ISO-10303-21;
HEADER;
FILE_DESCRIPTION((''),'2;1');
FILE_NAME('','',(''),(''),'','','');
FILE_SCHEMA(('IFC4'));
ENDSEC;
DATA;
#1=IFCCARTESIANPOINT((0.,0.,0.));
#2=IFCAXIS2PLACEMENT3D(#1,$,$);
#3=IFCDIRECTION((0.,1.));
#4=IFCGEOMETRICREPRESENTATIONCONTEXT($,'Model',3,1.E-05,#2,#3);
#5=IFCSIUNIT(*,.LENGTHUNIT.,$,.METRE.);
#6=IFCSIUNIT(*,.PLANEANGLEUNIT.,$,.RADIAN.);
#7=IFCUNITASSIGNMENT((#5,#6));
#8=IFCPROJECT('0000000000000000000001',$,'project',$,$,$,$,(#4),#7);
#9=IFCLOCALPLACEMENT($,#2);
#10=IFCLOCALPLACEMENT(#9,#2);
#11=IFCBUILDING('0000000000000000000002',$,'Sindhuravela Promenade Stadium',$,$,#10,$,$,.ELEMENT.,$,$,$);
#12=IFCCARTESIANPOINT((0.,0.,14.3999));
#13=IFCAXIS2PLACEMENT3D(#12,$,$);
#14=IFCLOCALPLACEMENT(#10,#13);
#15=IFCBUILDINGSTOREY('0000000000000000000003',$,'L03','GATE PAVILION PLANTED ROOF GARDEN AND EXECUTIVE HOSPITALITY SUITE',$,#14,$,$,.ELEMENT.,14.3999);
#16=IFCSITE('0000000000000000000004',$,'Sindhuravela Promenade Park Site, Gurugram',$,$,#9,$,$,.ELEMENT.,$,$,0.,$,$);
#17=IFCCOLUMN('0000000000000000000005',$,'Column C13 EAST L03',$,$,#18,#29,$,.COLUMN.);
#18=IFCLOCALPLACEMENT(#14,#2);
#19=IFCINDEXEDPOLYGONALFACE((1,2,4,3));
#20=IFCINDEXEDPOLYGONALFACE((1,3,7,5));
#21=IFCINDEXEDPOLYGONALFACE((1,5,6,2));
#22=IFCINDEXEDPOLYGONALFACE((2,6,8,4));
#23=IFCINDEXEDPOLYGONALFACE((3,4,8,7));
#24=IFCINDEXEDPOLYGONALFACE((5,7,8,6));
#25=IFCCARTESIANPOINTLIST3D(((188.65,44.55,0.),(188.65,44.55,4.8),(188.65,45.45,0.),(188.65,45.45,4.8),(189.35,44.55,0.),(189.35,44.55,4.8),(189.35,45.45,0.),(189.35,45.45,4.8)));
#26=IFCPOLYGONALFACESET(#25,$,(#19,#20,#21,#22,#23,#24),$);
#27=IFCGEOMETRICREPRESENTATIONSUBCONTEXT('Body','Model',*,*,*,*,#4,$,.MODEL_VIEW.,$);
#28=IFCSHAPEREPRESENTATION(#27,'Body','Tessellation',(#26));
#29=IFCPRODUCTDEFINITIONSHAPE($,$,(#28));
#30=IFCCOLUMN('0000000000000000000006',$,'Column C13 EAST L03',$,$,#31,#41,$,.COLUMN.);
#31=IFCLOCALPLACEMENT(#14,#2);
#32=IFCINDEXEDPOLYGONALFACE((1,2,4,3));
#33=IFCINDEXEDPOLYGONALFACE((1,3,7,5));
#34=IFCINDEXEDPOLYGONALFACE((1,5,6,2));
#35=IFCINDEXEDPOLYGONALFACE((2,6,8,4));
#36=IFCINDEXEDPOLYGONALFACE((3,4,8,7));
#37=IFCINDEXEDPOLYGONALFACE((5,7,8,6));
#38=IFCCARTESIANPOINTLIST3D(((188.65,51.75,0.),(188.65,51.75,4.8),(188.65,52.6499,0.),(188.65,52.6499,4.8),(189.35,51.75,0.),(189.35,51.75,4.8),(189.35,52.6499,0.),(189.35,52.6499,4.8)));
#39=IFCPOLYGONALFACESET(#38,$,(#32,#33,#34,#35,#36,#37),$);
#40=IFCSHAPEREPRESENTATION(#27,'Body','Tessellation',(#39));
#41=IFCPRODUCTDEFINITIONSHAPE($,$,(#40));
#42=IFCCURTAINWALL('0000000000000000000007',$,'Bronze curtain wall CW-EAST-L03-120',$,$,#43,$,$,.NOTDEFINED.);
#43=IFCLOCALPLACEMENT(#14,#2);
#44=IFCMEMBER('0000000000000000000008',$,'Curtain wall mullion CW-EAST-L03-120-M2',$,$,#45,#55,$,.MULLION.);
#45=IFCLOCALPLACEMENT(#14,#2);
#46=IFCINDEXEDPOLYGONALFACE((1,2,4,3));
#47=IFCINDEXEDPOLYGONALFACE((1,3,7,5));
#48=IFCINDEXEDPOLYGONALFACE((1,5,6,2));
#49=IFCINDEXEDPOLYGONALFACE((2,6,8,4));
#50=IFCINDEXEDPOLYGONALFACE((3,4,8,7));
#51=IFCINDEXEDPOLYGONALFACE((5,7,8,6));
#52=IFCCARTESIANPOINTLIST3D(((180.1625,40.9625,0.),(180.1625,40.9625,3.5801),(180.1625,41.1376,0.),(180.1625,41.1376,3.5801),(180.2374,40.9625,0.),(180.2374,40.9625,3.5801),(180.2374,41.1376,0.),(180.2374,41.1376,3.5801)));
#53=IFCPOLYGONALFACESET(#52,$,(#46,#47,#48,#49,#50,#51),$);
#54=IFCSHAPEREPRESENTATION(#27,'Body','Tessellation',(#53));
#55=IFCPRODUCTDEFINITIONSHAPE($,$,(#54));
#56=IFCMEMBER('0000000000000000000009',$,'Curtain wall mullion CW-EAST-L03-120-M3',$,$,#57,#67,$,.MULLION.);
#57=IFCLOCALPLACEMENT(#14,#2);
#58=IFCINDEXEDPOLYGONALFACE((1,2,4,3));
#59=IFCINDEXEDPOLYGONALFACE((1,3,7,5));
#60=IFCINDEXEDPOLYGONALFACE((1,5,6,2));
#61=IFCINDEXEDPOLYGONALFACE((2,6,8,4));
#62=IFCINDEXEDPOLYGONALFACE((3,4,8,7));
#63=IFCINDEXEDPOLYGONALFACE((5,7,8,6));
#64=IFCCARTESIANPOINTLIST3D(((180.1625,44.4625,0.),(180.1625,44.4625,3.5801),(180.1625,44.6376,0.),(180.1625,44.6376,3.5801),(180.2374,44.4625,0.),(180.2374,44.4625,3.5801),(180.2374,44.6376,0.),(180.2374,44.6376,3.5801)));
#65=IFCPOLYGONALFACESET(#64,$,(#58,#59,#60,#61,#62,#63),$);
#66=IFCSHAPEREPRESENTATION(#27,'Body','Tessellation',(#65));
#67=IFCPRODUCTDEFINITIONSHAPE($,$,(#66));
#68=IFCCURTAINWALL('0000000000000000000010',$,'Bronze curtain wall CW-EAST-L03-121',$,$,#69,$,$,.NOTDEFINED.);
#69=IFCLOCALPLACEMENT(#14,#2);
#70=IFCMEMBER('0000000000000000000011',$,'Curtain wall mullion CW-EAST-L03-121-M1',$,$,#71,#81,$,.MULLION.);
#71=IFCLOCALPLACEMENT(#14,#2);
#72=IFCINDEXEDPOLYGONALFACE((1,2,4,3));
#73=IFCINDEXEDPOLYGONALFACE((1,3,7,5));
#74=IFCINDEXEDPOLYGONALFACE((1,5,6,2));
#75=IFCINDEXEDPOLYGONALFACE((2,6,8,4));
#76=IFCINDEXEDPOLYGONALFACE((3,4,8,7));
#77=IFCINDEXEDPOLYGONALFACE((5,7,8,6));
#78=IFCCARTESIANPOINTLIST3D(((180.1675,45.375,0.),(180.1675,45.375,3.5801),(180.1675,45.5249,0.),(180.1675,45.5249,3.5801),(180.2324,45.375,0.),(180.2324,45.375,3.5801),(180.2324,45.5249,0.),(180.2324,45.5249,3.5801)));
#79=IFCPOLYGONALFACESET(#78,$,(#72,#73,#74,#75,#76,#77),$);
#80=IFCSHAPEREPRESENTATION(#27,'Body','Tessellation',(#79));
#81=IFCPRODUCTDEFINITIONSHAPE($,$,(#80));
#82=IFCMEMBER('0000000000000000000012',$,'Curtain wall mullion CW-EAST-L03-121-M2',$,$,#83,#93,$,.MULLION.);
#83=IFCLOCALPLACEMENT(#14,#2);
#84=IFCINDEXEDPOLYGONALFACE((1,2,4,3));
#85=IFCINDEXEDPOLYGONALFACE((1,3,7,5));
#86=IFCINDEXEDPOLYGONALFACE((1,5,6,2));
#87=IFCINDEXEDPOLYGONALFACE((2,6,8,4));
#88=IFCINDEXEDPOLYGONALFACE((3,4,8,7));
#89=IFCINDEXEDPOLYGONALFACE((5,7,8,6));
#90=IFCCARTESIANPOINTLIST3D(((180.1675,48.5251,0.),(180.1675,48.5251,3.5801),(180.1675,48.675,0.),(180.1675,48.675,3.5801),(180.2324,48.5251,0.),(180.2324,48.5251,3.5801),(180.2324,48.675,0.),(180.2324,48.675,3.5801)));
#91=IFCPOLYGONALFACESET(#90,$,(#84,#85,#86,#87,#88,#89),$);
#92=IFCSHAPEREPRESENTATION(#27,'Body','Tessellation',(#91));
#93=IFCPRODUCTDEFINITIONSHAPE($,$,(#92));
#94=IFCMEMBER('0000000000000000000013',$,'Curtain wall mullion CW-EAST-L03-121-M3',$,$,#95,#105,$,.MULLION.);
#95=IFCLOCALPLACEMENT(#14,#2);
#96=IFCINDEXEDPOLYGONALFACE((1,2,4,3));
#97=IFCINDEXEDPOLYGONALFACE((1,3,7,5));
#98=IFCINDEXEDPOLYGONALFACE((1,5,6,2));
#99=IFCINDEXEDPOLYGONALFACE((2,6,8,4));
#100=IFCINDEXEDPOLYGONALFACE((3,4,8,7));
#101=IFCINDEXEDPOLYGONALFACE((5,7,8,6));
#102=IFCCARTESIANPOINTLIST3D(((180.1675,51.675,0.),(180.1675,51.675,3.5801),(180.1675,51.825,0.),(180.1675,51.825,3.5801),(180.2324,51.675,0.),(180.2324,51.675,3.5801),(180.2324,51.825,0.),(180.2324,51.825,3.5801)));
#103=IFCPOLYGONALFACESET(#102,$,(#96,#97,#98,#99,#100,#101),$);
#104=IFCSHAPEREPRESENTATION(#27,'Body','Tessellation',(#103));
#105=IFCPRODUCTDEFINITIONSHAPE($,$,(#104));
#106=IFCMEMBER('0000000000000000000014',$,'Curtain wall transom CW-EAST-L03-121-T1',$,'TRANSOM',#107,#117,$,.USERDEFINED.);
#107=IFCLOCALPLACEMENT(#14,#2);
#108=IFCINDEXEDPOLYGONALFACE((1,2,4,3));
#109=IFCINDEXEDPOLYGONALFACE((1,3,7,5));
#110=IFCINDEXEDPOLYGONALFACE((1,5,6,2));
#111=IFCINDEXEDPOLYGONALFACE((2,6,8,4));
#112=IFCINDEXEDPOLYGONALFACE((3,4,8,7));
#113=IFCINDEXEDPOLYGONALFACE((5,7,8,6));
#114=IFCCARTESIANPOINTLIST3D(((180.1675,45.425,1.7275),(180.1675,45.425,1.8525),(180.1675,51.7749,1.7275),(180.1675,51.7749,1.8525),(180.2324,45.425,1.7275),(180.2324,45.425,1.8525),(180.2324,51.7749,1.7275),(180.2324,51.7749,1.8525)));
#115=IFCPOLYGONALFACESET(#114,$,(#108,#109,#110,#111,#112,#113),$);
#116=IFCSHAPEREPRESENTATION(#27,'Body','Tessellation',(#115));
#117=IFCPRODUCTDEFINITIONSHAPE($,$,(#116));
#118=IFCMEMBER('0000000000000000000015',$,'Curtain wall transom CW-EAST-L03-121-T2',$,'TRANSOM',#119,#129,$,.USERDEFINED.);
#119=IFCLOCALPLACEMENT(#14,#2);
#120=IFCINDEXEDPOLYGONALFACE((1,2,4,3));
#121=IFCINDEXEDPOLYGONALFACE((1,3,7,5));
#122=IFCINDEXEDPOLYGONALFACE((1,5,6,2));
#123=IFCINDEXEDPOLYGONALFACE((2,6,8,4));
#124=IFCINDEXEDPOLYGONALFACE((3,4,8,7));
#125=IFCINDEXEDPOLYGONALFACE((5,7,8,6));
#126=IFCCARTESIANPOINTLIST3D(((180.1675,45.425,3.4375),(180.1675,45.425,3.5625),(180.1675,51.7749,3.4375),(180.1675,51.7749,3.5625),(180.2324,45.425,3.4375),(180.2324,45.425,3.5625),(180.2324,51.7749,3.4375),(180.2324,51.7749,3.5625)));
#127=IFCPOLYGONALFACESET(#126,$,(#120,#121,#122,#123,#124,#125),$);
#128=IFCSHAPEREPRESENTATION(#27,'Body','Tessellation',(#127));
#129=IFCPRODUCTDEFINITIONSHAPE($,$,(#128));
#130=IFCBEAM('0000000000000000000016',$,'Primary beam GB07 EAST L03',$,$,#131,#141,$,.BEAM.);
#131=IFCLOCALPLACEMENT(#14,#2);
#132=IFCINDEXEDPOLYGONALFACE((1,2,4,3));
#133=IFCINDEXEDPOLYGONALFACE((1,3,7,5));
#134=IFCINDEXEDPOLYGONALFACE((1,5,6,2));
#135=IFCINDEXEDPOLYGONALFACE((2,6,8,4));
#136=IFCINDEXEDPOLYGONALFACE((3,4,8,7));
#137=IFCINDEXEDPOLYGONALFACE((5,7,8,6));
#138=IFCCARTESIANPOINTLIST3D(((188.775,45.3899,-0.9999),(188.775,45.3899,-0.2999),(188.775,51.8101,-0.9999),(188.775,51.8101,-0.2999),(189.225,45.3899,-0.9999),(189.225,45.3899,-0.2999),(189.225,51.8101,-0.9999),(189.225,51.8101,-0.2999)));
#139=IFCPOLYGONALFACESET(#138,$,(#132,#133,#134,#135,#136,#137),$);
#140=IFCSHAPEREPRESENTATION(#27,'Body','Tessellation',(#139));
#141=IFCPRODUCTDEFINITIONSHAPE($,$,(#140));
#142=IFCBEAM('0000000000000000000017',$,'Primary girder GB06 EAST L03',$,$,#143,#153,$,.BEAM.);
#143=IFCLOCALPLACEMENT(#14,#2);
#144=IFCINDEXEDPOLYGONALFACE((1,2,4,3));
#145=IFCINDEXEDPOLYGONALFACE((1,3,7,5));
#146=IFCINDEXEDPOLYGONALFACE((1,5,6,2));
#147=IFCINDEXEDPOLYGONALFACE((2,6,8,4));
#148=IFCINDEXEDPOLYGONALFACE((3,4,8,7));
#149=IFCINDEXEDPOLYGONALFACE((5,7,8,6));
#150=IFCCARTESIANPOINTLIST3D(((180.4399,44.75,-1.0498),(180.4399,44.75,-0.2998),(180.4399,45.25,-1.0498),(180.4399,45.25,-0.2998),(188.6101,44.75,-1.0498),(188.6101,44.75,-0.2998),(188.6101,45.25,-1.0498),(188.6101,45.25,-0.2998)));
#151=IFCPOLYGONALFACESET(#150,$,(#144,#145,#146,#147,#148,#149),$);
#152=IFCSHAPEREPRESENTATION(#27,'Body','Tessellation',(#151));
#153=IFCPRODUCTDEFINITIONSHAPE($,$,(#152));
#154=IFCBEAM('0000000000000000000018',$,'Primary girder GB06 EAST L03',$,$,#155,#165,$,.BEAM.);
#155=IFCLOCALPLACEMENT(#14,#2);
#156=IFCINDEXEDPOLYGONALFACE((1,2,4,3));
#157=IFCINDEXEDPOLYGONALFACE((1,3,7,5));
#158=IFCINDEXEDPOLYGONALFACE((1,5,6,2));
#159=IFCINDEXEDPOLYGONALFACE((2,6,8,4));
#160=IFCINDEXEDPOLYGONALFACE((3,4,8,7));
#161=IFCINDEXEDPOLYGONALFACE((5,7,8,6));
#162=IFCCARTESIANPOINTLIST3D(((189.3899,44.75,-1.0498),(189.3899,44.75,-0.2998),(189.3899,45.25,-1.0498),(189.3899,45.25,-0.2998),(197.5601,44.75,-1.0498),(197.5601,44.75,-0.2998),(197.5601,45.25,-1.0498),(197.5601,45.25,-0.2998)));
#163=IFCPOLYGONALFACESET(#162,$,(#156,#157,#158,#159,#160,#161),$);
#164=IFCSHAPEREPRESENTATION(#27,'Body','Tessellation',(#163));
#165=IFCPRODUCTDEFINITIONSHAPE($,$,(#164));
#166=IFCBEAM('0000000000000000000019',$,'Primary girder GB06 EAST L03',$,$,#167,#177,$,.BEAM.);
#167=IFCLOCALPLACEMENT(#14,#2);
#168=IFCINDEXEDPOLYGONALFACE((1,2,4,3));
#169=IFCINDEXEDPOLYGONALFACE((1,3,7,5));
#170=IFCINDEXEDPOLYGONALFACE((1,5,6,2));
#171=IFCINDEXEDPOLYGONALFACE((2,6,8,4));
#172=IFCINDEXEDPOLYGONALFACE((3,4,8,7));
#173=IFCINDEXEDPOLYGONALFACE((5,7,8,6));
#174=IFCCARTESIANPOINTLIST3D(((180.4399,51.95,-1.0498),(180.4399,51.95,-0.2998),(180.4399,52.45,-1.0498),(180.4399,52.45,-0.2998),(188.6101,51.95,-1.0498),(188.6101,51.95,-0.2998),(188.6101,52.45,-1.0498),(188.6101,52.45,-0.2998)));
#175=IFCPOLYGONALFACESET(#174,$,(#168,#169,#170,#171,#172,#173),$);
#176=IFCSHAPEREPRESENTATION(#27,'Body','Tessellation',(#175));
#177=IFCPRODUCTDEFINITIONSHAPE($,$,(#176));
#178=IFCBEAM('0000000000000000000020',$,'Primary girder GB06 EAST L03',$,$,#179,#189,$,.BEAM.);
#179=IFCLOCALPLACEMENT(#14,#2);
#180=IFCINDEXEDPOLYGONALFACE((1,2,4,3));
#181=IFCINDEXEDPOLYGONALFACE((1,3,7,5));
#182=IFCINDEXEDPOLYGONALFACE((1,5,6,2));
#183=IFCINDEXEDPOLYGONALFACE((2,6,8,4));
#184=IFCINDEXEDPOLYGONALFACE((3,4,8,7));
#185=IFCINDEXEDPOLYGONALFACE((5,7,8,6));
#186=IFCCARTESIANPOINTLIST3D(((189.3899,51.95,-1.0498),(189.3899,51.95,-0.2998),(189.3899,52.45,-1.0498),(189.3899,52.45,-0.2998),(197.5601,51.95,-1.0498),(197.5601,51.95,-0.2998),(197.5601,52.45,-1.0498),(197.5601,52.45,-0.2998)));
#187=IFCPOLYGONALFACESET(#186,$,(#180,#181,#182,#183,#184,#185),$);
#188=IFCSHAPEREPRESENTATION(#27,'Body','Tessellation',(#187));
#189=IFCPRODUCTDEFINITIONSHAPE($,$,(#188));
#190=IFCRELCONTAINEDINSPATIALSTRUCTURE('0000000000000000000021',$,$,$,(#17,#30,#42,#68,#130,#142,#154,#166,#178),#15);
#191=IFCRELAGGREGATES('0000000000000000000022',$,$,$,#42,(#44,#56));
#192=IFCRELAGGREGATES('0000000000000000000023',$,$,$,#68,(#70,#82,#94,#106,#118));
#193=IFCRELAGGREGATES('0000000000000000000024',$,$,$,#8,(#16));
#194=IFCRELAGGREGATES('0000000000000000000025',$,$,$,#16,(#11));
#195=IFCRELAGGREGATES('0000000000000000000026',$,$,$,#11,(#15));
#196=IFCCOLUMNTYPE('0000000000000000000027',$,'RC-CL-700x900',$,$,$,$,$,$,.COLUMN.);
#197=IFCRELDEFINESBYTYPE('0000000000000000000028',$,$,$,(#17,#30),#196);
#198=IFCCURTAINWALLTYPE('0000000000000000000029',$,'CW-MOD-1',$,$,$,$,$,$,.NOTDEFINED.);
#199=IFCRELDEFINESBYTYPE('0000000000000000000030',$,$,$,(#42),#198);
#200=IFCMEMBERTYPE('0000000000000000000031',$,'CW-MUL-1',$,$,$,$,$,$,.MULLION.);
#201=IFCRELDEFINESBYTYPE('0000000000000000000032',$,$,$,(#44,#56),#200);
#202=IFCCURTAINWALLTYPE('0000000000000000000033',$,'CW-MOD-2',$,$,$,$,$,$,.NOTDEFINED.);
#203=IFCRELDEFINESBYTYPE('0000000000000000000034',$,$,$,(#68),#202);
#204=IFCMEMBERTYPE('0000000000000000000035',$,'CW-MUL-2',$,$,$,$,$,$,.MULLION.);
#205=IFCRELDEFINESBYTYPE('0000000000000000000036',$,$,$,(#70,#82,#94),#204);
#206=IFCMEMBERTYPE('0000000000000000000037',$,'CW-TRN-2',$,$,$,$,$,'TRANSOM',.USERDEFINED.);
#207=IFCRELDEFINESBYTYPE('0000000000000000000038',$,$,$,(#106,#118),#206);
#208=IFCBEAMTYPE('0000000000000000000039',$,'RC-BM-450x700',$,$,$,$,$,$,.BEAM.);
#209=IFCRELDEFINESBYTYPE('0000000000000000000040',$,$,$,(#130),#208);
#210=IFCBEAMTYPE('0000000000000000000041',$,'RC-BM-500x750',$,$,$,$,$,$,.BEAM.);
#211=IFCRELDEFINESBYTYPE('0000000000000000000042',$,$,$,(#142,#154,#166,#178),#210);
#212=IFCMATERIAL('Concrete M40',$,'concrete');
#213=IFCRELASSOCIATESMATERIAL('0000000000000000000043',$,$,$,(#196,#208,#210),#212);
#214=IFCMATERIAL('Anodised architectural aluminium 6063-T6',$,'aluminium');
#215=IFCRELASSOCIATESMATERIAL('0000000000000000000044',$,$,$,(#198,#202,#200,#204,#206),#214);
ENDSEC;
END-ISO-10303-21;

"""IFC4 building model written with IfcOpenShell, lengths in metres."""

from ifc_helpers import new_model, si_unit, direction, frame, origin, origin_2d, place, context, subcontext, project, spatial, rectangle, extrude, material, material_profile, profile_set, type_object, element, aggregate, save


model = new_model("IFC4")

# Units and contexts
model_context = context("Model", 3, precision=1e-05, world=origin(), true_north=direction((0.0, 1.0)))
body_context = subcontext(model_context, "Body", "Model", "MODEL_VIEW")
ifc_project = project(units=[si_unit("LENGTHUNIT", "METRE"), si_unit("PLANEANGLEUNIT", "RADIAN")], contexts=[model_context])

# Site, building, storey
site_placement = place(None, origin())
site = spatial("IfcSite", under=ifc_project, at=site_placement, Name="Sindhuravela Promenade Park Site, Gurugram", CompositionType="ELEMENT", RefElevation=0.0)
building_placement = place(site_placement, origin())
building = spatial("IfcBuilding", under=site, at=building_placement, Name="Sindhuravela Promenade Stadium", CompositionType="ELEMENT")
storey_placement = place(building_placement, frame((0.0, 0.0, 14.3999)))
storey = spatial("IfcBuildingStorey", under=building, at=storey_placement, Name="L03", Description="GATE PAVILION PLANTED ROOF GARDEN AND EXECUTIVE HOSPITALITY SUITE", CompositionType="ELEMENT", Elevation=14.3999)

# Columns
ifc_material_1 = material(Name="Concrete M40", Category="concrete")
ifc_material_profile_1 = material_profile(ifc_material_1, rectangle(XDim=0.7, YDim=0.8999, at=origin_2d()), Name="RC 700x900")
ifc_profile_set_1 = profile_set([ifc_material_profile_1], Name="Concrete M40")
column_type = type_object("IfcColumnType", Name="RC-CL-700x900", PredefinedType="COLUMN", material=ifc_profile_set_1)
for number, where, z_axis, x_axis, name in (
    (1, (189.0, 45.0, 0.0), (0.0, 0.0, 1.0), (1.0, 0.0, 0.0), "Column C13 EAST L03"),
    (2, (189.0, 52.2, 0.0), (0.0, 0.0, 1.0), (1.0, 0.0, 0.0), "Column C13 EAST L03"),
):
    element("IfcColumn", number, at=place(storey_placement, frame(where, z_axis=z_axis, x_axis=x_axis)), inside=storey, type_object=column_type, Name=name, PredefinedType="COLUMN", context=body_context, shape_type="SweptSolid", body=[
        extrude(rectangle(XDim=0.7, YDim=0.8999, at=origin_2d()), origin(), (0.0, 0.0, 1.0), 4.8),
    ])

# Curtain walls, members
ifc_material_2 = material(Name="Anodised architectural aluminium 6063-T6", Category="aluminium")
curtain_wall_type_1 = type_object("IfcCurtainWallType", Name="CW-MOD-1", PredefinedType="NOTDEFINED", material=ifc_material_2)
curtain_wall_1_placement = place(storey_placement, origin())
curtain_wall_1 = element("IfcCurtainWall", 3, at=curtain_wall_1_placement, inside=storey, type_object=curtain_wall_type_1, Name="Bronze curtain wall CW-EAST-L03-120", PredefinedType="NOTDEFINED")
ifc_material_profile_2 = material_profile(ifc_material_2, rectangle(XDim=0.075, YDim=0.175, at=origin_2d()), Name="ALU MULL 75x175")
ifc_profile_set_2 = profile_set([ifc_material_profile_2], Name="Anodised architectural aluminium 6063-T6")
member_type_1 = type_object("IfcMemberType", Name="CW-MUL-1", PredefinedType="MULLION", material=ifc_profile_set_2)
member_1_placement = place(storey_placement, frame((180.2, 41.05, 0.0), z_axis=(0.0, 0.0, 1.0), x_axis=(1.0, 0.0, 0.0)))
member_1 = element("IfcMember", 4, at=member_1_placement, type_object=member_type_1, Name="Curtain wall mullion CW-EAST-L03-120-M2", PredefinedType="MULLION", context=body_context, shape_type="SweptSolid", body=[
    extrude(rectangle(XDim=0.075, YDim=0.175, at=origin_2d()), origin(), (0.0, 0.0, 1.0), 3.5801),
])
member_2_placement = place(storey_placement, frame((180.2, 44.55, 0.0), z_axis=(0.0, 0.0, 1.0), x_axis=(1.0, 0.0, 0.0)))
member_2 = element("IfcMember", 5, at=member_2_placement, type_object=member_type_1, Name="Curtain wall mullion CW-EAST-L03-120-M3", PredefinedType="MULLION", context=body_context, shape_type="SweptSolid", body=[
    extrude(rectangle(XDim=0.075, YDim=0.175, at=origin_2d()), origin(), (0.0, 0.0, 1.0), 3.5801),
])
curtain_wall_type_2 = type_object("IfcCurtainWallType", Name="CW-MOD-2", PredefinedType="NOTDEFINED", material=ifc_material_2)
curtain_wall_2_placement = place(storey_placement, origin())
curtain_wall_2 = element("IfcCurtainWall", 6, at=curtain_wall_2_placement, inside=storey, type_object=curtain_wall_type_2, Name="Bronze curtain wall CW-EAST-L03-121", PredefinedType="NOTDEFINED")
ifc_material_profile_3 = material_profile(ifc_material_2, rectangle(XDim=0.0649, YDim=0.1499, at=origin_2d()), Name="ALU MULL 65x150")
ifc_profile_set_3 = profile_set([ifc_material_profile_3], Name="Anodised architectural aluminium 6063-T6")
member_type_2 = type_object("IfcMemberType", Name="CW-MUL-2", PredefinedType="MULLION", material=ifc_profile_set_3)
member_3_placement = place(storey_placement, frame((180.2, 45.45, 0.0), z_axis=(0.0, 0.0, 1.0), x_axis=(1.0, 0.0, 0.0)))
member_3 = element("IfcMember", 7, at=member_3_placement, type_object=member_type_2, Name="Curtain wall mullion CW-EAST-L03-121-M1", PredefinedType="MULLION", context=body_context, shape_type="SweptSolid", body=[
    extrude(rectangle(XDim=0.0649, YDim=0.1499, at=origin_2d()), origin(), (0.0, 0.0, 1.0), 3.5801),
])
member_4_placement = place(storey_placement, frame((180.2, 48.6001, 0.0), z_axis=(0.0, 0.0, 1.0), x_axis=(1.0, 0.0, 0.0)))
member_4 = element("IfcMember", 8, at=member_4_placement, type_object=member_type_2, Name="Curtain wall mullion CW-EAST-L03-121-M2", PredefinedType="MULLION", context=body_context, shape_type="SweptSolid", body=[
    extrude(rectangle(XDim=0.0649, YDim=0.1499, at=origin_2d()), origin(), (0.0, 0.0, 1.0), 3.5801),
])
member_5_placement = place(storey_placement, frame((180.2, 51.75, 0.0), z_axis=(0.0, 0.0, 1.0), x_axis=(1.0, 0.0, 0.0)))
member_5 = element("IfcMember", 9, at=member_5_placement, type_object=member_type_2, Name="Curtain wall mullion CW-EAST-L03-121-M3", PredefinedType="MULLION", context=body_context, shape_type="SweptSolid", body=[
    extrude(rectangle(XDim=0.0649, YDim=0.1499, at=origin_2d()), origin(), (0.0, 0.0, 1.0), 3.5801),
])
ifc_material_profile_4 = material_profile(ifc_material_2, rectangle(XDim=0.0649, YDim=0.125, at=origin_2d()), Name="ALU TRAN 65x125")
ifc_profile_set_4 = profile_set([ifc_material_profile_4], Name="Anodised architectural aluminium 6063-T6")
member_type_3 = type_object("IfcMemberType", Name="CW-TRN-2", ElementType="TRANSOM", PredefinedType="USERDEFINED", material=ifc_profile_set_4)
member_6_placement = place(storey_placement, frame((180.2, 45.425, 1.79), z_axis=(0.0, 1.0, 0.0), x_axis=(-1.0, 0.0, 0.0)))
member_6 = element("IfcMember", 10, at=member_6_placement, type_object=member_type_3, Name="Curtain wall transom CW-EAST-L03-121-T1", ObjectType="TRANSOM", PredefinedType="USERDEFINED", context=body_context, shape_type="SweptSolid", body=[
    extrude(rectangle(XDim=0.0649, YDim=0.125, at=origin_2d()), origin(), (0.0, 0.0, 1.0), 6.3499),
])
member_7_placement = place(storey_placement, frame((180.2, 45.425, 3.5), z_axis=(0.0, 1.0, 0.0), x_axis=(-1.0, 0.0, 0.0)))
member_7 = element("IfcMember", 11, at=member_7_placement, type_object=member_type_3, Name="Curtain wall transom CW-EAST-L03-121-T2", ObjectType="TRANSOM", PredefinedType="USERDEFINED", context=body_context, shape_type="SweptSolid", body=[
    extrude(rectangle(XDim=0.0649, YDim=0.125, at=origin_2d()), origin(), (0.0, 0.0, 1.0), 6.3499),
])

# Beams
ifc_material_profile_5 = material_profile(ifc_material_1, rectangle(XDim=0.45, YDim=0.7, at=origin_2d()), Name="RC 450x700")
ifc_profile_set_5 = profile_set([ifc_material_profile_5], Name="Concrete M40")
beam_type_1 = type_object("IfcBeamType", Name="RC-BM-450x700", PredefinedType="BEAM", material=ifc_profile_set_5)
beam_1_placement = place(storey_placement, frame((189.0, 45.3899, -0.6499), z_axis=(0.0, 1.0, 0.0), x_axis=(-1.0, 0.0, 0.0)))
element("IfcBeam", 12, at=beam_1_placement, inside=storey, type_object=beam_type_1, Name="Primary beam GB07 EAST L03", PredefinedType="BEAM", context=body_context, shape_type="SweptSolid", body=[
    extrude(rectangle(XDim=0.45, YDim=0.7, at=origin_2d()), origin(), (0.0, 0.0, 1.0), 6.4202),
])
ifc_material_profile_6 = material_profile(ifc_material_1, rectangle(XDim=0.5, YDim=0.75, at=origin_2d()), Name="RC 500x750")
ifc_profile_set_6 = profile_set([ifc_material_profile_6], Name="Concrete M40")
beam_type_2 = type_object("IfcBeamType", Name="RC-BM-500x750", PredefinedType="BEAM", material=ifc_profile_set_6)
for number, where, z_axis, x_axis, name in (
    (13, (180.4399, 45.0, -0.6748), (1.0, 0.0, 0.0), (0.0, 1.0, 0.0), "Primary girder GB06 EAST L03"),
    (14, (189.3899, 45.0, -0.6748), (1.0, 0.0, 0.0), (0.0, 1.0, 0.0), "Primary girder GB06 EAST L03"),
    (15, (180.4399, 52.2, -0.6748), (1.0, 0.0, 0.0), (0.0, 1.0, 0.0), "Primary girder GB06 EAST L03"),
    (16, (189.3899, 52.2, -0.6748), (1.0, 0.0, 0.0), (0.0, 1.0, 0.0), "Primary girder GB06 EAST L03"),
):
    element("IfcBeam", number, at=place(storey_placement, frame(where, z_axis=z_axis, x_axis=x_axis)), inside=storey, type_object=beam_type_2, Name=name, PredefinedType="BEAM", context=body_context, shape_type="SweptSolid", body=[
        extrude(rectangle(XDim=0.5, YDim=0.75, at=origin_2d()), origin(), (0.0, 0.0, 1.0), 8.1702),
    ])

aggregate(curtain_wall_1, [member_1, member_2])
aggregate(curtain_wall_2, [member_3, member_4, member_5, member_6, member_7])

save(model, "model.ifc")
